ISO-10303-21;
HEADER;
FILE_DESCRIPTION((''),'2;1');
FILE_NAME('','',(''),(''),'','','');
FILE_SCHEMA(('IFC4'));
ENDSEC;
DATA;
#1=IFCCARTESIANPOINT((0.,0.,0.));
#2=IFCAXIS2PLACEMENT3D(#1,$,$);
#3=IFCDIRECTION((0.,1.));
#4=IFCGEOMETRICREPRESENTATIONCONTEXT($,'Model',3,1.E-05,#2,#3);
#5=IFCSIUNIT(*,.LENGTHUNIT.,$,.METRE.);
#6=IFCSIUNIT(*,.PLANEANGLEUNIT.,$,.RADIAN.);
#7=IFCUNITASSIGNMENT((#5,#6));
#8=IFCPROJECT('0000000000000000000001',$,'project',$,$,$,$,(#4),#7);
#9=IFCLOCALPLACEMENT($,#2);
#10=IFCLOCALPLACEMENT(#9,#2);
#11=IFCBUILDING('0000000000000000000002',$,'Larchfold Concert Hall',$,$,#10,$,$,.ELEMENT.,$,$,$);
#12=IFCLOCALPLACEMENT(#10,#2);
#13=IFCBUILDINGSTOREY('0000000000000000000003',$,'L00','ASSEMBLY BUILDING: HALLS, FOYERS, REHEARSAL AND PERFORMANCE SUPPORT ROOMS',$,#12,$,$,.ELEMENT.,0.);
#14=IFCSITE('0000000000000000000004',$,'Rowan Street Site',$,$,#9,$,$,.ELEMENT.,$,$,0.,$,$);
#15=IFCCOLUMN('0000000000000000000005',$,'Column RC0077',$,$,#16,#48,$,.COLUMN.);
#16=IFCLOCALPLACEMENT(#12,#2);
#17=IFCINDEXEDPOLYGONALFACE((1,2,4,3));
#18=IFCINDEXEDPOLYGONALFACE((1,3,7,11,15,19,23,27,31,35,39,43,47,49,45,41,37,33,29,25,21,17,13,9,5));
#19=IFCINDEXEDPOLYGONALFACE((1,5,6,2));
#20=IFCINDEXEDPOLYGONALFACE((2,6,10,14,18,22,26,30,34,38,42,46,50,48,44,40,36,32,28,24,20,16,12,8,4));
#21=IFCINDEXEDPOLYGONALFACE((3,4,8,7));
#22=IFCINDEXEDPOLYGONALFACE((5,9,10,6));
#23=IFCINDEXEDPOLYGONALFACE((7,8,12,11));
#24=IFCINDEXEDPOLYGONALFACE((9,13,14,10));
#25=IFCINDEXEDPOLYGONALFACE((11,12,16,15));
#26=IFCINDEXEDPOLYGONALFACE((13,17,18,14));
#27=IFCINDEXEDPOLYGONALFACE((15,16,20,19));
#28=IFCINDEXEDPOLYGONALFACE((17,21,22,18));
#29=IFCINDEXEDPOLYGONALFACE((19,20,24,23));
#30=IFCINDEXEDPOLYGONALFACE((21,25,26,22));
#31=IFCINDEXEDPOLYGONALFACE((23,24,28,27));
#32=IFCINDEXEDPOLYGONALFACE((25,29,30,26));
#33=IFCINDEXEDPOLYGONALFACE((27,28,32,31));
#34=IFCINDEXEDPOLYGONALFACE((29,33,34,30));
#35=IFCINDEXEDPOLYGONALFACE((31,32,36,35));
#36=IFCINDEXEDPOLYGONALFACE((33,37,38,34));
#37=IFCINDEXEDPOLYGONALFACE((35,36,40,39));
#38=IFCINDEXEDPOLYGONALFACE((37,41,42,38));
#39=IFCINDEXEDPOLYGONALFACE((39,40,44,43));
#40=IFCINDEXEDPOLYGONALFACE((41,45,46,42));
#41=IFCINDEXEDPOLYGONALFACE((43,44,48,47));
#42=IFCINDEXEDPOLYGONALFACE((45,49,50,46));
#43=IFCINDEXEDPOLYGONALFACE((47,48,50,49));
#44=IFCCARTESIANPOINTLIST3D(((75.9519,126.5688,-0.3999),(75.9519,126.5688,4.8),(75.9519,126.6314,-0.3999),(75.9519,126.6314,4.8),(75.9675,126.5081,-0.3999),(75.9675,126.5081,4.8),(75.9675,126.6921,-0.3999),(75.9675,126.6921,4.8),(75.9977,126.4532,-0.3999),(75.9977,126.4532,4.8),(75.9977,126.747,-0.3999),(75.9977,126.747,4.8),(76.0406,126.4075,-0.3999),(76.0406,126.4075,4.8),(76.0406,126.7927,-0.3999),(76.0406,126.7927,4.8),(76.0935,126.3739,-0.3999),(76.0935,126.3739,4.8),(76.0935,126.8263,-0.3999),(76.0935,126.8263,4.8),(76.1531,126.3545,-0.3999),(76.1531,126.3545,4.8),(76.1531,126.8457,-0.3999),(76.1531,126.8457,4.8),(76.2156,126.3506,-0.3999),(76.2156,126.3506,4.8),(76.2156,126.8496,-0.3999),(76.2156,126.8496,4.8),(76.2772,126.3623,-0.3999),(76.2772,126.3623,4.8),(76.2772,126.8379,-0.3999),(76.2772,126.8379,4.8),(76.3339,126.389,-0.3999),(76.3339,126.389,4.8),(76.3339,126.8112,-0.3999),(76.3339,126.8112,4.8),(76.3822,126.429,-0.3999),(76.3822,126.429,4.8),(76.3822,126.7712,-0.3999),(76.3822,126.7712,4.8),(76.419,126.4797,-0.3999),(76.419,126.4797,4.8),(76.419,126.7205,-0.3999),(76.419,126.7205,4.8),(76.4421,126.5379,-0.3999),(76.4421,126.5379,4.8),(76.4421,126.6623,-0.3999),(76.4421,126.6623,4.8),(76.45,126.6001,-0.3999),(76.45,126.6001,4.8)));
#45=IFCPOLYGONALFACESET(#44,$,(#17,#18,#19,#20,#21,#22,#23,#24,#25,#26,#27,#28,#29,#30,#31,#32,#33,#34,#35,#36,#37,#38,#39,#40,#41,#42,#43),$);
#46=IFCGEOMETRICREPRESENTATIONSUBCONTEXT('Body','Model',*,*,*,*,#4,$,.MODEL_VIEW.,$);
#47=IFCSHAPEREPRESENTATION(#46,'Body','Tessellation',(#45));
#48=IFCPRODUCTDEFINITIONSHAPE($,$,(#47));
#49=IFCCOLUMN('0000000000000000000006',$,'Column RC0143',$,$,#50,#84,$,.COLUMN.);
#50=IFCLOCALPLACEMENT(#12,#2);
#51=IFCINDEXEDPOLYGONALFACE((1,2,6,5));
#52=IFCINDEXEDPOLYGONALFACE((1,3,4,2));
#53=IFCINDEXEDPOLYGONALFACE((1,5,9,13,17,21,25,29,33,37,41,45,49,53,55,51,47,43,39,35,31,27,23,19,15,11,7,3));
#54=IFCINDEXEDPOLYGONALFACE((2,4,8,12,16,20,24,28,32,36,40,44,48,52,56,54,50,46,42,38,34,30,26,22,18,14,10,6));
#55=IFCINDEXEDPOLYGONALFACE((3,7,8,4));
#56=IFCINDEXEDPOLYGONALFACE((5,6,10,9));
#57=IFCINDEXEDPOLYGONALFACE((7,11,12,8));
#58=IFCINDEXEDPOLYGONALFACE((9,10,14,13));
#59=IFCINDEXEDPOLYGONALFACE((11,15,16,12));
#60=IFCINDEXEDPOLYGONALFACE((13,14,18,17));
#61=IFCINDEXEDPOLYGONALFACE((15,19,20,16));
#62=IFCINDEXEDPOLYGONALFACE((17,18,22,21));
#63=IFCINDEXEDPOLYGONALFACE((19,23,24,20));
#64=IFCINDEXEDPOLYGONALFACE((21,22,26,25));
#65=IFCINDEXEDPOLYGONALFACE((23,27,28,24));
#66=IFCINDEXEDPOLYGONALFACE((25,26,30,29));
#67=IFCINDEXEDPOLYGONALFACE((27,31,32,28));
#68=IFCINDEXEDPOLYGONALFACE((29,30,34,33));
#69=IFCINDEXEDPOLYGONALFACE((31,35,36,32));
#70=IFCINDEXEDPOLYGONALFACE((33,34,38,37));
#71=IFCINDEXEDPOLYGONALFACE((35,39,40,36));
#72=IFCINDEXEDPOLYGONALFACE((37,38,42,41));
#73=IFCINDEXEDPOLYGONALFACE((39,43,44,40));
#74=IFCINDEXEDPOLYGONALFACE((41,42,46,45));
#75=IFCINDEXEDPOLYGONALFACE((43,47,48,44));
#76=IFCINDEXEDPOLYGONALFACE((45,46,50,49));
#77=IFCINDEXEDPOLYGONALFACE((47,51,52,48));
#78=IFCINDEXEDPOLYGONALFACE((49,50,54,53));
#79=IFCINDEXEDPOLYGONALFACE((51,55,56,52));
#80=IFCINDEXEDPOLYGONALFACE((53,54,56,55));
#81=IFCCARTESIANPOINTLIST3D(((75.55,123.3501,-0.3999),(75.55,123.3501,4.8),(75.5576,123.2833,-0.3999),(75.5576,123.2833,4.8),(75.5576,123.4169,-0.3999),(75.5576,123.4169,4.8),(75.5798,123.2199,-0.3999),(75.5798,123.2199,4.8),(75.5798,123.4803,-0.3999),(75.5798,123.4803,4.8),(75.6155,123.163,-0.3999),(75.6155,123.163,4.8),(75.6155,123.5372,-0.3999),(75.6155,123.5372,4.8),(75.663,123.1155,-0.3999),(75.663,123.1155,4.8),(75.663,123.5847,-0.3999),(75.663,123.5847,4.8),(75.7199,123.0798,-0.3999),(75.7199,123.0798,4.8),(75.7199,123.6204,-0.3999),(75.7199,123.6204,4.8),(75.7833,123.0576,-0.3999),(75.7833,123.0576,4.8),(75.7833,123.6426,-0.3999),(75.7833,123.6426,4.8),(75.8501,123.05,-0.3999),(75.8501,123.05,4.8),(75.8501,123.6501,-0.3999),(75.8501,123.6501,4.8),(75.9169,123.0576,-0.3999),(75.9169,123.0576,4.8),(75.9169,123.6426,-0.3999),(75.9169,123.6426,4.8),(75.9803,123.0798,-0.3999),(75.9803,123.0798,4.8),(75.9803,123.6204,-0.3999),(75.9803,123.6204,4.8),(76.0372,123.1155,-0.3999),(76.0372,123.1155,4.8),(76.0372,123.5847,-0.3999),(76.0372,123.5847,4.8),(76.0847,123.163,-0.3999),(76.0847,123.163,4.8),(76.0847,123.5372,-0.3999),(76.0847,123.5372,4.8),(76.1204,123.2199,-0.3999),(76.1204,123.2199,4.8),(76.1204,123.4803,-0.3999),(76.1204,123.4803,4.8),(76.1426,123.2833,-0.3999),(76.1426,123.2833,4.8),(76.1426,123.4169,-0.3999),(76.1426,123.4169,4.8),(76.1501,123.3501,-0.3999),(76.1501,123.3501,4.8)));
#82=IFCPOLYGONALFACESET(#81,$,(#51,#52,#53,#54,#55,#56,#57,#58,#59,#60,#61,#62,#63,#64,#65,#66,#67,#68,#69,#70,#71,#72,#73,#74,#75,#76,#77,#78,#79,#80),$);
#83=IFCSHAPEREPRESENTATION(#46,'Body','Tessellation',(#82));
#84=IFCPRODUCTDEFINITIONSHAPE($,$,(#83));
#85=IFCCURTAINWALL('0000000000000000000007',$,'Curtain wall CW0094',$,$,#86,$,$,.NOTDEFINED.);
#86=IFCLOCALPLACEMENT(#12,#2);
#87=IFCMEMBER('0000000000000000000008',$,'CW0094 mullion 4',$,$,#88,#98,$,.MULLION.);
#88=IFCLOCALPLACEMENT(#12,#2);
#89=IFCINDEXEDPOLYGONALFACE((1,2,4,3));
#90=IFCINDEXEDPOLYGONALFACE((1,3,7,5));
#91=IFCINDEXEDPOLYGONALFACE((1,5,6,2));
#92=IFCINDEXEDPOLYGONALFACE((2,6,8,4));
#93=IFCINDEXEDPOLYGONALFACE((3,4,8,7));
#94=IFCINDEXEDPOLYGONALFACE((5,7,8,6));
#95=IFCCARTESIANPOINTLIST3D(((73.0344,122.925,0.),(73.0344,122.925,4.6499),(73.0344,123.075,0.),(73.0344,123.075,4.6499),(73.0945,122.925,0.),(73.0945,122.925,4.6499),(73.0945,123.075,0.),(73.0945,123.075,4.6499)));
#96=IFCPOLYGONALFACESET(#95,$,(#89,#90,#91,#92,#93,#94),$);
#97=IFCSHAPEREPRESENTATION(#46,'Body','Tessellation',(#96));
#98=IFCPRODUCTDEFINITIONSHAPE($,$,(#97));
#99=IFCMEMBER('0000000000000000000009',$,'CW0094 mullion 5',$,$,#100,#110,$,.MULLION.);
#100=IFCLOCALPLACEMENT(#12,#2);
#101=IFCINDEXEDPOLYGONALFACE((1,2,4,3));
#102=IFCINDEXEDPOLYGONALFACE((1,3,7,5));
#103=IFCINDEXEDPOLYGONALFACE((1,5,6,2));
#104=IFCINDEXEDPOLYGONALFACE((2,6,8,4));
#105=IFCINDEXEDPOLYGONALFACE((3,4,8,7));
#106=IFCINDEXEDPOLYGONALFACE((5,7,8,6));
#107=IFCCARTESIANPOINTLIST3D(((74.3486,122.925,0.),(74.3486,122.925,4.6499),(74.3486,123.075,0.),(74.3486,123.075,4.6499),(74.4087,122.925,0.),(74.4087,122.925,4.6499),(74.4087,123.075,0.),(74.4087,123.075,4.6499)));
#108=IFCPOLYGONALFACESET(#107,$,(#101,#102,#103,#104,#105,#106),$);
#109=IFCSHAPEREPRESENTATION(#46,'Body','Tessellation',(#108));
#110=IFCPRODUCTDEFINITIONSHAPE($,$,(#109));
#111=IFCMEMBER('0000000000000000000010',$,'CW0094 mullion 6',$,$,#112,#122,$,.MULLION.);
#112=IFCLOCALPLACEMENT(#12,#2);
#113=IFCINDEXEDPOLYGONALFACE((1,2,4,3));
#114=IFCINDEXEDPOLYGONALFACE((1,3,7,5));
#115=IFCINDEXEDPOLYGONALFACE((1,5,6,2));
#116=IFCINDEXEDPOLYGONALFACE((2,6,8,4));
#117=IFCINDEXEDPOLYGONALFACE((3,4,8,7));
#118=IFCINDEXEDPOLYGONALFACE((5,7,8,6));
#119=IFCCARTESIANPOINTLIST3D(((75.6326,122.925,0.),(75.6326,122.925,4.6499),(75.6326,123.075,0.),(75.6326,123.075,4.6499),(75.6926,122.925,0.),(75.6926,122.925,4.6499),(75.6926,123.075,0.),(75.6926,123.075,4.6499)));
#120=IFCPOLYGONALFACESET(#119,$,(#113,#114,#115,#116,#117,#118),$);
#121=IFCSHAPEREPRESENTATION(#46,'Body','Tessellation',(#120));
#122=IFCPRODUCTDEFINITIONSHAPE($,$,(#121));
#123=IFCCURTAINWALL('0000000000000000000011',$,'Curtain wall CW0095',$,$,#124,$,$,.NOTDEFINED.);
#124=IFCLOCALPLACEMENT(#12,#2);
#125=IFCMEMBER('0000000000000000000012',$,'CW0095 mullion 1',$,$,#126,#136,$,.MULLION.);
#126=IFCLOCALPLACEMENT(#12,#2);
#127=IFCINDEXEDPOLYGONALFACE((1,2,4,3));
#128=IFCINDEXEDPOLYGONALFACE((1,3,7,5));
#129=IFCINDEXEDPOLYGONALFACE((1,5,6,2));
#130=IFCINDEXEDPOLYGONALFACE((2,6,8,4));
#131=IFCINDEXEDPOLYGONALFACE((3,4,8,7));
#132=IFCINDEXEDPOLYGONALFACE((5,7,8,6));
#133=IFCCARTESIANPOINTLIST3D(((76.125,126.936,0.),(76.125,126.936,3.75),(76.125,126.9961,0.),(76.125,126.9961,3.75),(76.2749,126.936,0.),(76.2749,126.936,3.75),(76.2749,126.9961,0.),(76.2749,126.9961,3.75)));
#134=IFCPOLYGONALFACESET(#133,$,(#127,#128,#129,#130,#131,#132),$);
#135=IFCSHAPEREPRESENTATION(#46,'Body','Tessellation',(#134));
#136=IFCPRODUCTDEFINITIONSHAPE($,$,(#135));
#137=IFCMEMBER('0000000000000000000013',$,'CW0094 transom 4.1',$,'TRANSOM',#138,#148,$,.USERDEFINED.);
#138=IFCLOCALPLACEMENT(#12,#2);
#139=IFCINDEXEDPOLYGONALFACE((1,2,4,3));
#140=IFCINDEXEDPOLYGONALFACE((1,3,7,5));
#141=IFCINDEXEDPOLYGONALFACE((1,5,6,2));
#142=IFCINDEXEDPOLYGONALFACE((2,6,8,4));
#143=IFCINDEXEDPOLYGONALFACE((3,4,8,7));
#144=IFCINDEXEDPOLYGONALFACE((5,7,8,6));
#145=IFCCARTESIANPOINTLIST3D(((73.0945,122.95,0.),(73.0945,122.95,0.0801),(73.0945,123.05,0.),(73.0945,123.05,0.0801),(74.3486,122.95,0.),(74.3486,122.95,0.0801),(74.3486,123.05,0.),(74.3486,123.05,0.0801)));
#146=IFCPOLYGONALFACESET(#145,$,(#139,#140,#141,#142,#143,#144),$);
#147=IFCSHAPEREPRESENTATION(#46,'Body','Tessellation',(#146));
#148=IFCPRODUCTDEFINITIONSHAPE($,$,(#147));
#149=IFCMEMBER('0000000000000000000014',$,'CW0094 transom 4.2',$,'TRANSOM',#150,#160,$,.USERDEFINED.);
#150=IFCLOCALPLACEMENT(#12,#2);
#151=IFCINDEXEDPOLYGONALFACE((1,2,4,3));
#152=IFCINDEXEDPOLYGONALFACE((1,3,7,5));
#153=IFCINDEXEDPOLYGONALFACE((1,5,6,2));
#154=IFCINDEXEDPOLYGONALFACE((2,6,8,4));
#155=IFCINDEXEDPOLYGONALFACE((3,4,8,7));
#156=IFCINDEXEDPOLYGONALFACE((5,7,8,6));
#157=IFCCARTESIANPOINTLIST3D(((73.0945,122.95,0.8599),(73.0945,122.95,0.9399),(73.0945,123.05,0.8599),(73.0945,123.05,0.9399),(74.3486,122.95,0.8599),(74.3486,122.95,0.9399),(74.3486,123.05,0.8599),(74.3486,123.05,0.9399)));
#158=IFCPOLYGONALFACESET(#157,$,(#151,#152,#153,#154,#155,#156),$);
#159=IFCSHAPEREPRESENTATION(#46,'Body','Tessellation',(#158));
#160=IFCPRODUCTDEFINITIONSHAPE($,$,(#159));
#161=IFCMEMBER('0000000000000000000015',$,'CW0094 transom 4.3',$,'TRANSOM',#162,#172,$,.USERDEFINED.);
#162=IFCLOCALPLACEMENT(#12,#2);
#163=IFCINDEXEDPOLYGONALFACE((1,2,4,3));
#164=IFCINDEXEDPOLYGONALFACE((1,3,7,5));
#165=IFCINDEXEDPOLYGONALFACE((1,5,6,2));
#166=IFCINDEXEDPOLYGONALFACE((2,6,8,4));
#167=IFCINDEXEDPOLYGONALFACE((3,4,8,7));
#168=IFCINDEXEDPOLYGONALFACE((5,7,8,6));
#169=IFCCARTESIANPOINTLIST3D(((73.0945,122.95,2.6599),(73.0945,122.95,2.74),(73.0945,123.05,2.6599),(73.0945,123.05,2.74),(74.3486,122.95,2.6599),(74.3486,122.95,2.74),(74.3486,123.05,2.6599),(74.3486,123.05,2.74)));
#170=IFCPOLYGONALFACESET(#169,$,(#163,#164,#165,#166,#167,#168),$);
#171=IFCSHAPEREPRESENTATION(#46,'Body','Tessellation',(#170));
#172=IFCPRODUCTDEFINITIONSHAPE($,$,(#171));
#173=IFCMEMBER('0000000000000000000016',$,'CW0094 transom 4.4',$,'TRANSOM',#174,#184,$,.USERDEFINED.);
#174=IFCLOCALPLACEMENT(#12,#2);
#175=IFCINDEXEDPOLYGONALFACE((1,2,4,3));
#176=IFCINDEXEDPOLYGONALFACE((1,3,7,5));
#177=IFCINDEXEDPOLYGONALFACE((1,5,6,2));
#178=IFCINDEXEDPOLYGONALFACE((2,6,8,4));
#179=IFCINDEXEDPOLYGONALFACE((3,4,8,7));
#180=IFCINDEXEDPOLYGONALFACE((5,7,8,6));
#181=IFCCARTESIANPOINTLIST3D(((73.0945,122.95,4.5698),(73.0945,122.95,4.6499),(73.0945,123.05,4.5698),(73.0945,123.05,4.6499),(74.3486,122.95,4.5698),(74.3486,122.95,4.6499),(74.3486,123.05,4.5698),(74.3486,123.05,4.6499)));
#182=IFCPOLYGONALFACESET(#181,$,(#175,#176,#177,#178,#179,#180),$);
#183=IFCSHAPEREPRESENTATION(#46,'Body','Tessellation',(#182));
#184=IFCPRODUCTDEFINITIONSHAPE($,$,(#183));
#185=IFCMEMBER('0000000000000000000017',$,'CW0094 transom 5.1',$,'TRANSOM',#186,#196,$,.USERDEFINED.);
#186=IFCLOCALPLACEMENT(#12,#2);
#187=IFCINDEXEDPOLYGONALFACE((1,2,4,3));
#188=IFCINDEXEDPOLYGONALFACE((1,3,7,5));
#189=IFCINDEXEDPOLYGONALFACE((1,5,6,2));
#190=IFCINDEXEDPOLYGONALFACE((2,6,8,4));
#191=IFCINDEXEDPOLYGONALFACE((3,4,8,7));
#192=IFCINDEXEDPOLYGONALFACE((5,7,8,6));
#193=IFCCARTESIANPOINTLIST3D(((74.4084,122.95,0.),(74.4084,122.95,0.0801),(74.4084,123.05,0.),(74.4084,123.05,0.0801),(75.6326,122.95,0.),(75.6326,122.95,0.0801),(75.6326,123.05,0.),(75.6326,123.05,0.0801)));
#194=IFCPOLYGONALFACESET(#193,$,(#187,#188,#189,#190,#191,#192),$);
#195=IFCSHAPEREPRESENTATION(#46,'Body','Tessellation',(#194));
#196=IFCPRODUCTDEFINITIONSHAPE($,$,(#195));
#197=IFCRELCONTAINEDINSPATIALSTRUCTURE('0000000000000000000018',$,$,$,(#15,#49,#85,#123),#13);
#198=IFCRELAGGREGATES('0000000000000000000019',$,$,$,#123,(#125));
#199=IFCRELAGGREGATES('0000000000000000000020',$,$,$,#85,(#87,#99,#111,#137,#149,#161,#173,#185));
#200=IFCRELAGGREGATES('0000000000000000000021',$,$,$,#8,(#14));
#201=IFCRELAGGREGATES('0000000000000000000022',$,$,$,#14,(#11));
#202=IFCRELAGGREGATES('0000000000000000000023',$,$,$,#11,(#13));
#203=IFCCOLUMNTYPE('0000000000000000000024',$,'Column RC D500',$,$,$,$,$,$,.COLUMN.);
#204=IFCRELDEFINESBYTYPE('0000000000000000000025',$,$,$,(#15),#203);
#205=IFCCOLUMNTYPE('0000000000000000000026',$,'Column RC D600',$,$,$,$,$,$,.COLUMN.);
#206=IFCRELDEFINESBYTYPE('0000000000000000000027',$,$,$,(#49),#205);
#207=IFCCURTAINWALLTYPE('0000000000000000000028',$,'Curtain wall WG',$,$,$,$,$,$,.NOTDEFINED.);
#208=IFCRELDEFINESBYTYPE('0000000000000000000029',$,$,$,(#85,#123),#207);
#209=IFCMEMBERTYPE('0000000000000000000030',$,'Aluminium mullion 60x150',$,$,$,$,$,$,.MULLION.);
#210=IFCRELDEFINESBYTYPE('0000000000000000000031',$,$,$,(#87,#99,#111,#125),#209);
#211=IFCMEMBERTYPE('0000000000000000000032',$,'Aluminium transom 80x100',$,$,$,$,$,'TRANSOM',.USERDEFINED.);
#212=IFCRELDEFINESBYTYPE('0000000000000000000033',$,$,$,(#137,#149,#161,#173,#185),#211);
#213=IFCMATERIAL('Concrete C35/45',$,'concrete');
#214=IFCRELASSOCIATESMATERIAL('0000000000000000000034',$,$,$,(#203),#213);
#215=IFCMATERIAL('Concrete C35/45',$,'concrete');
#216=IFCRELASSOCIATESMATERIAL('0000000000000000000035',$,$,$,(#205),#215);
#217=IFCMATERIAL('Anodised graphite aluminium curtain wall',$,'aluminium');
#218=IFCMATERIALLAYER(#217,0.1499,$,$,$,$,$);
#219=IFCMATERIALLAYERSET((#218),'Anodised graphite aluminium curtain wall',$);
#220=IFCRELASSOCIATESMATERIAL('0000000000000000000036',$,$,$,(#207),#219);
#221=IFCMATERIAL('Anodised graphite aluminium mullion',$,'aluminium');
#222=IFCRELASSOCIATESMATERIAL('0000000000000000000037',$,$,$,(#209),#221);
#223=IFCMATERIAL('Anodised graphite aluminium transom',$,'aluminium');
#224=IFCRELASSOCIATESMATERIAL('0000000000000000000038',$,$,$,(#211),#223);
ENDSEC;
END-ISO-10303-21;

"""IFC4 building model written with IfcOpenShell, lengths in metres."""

from ifc_helpers import new_model, si_unit, direction, frame, origin, origin_2d, place, context, subcontext, project, spatial, rectangle, circle, extrude, material, layer, layer_set, material_profile, profile_set, type_object, element, aggregate, save


model = new_model("IFC4")

# Units and contexts
model_context = context("Model", 3, precision=1e-05, world=origin(), true_north=direction((0.0, 1.0)))
body_context = subcontext(model_context, "Body", "Model", "MODEL_VIEW")
ifc_project = project(units=[si_unit("LENGTHUNIT", "METRE"), si_unit("PLANEANGLEUNIT", "RADIAN")], contexts=[model_context])

# Site, building, storey
site_placement = place(None, origin())
site = spatial("IfcSite", under=ifc_project, at=site_placement, Name="Rowan Street Site", CompositionType="ELEMENT", RefElevation=0.0)
building_placement = place(site_placement, origin())
building = spatial("IfcBuilding", under=site, at=building_placement, Name="Larchfold Concert Hall", CompositionType="ELEMENT")
storey_placement = place(building_placement, origin())
storey = spatial("IfcBuildingStorey", under=building, at=storey_placement, Name="L00", Description="ASSEMBLY BUILDING: HALLS, FOYERS, REHEARSAL AND PERFORMANCE SUPPORT ROOMS", CompositionType="ELEMENT", Elevation=0.0)

# Columns
ifc_material_1 = material(Name="Concrete C35/45", Category="concrete")
ifc_material_profile_1 = material_profile(ifc_material_1, circle(Radius=0.25, at=origin_2d()))
ifc_profile_set_1 = profile_set([ifc_material_profile_1], Name="Concrete C35/45")
column_type_1 = type_object("IfcColumnType", Name="Column RC D500", PredefinedType="COLUMN", material=ifc_profile_set_1)
for number, where, z_axis, x_axis, name in (
    (1, (76.2, 126.6001, -0.3999), (0.0, 0.0, 1.0), (1.0, 0.0, 0.0), "Column RC0077"),
):
    element("IfcColumn", number, at=place(storey_placement, frame(where, z_axis=z_axis, x_axis=x_axis)), inside=storey, type_object=column_type_1, Name=name, PredefinedType="COLUMN", context=body_context, shape_type="SweptSolid", body=[
        extrude(circle(Radius=0.25, at=origin_2d()), origin(), (0.0, 0.0, 1.0), 5.2),
    ])
ifc_material_2 = material(Name="Concrete C35/45", Category="concrete")
ifc_material_profile_2 = material_profile(ifc_material_2, circle(Radius=0.3, at=origin_2d()))
ifc_profile_set_2 = profile_set([ifc_material_profile_2], Name="Concrete C35/45")
column_type_2 = type_object("IfcColumnType", Name="Column RC D600", PredefinedType="COLUMN", material=ifc_profile_set_2)
column_placement = place(storey_placement, frame((75.8501, 123.3501, -0.3999), z_axis=(0.0, 0.0, 1.0), x_axis=(1.0, 0.0, 0.0)))
element("IfcColumn", 2, at=column_placement, inside=storey, type_object=column_type_2, Name="Column RC0143", PredefinedType="COLUMN", context=body_context, shape_type="SweptSolid", body=[
    extrude(circle(Radius=0.3, at=origin_2d()), origin(), (0.0, 0.0, 1.0), 5.2),
])

# Curtain wall, members
ifc_material_3 = material(Name="Anodised graphite aluminium curtain wall", Category="aluminium")
ifc_layer_1 = layer(ifc_material_3, 0.1499)
ifc_layer_set_1 = layer_set([ifc_layer_1], Name="Anodised graphite aluminium curtain wall")
curtain_wall_type = type_object("IfcCurtainWallType", Name="Curtain wall WG", PredefinedType="NOTDEFINED", material=ifc_layer_set_1)
curtain_wall_1_placement = place(storey_placement, origin())
curtain_wall_1 = element("IfcCurtainWall", 3, at=curtain_wall_1_placement, inside=storey, type_object=curtain_wall_type, Name="Curtain wall CW0094", PredefinedType="NOTDEFINED")
ifc_material_4 = material(Name="Anodised graphite aluminium mullion", Category="aluminium")
ifc_material_profile_3 = material_profile(ifc_material_4, rectangle(XDim=0.1499, YDim=0.0601, at=origin_2d()))
ifc_profile_set_3 = profile_set([ifc_material_profile_3], Name="Anodised graphite aluminium mullion")
member_type_1 = type_object("IfcMemberType", Name="Aluminium mullion 60x150", PredefinedType="MULLION", material=ifc_profile_set_3)
member_1_placement = place(storey_placement, frame((73.0645, 123.0, 0.0), z_axis=(0.0, 0.0, 1.0), x_axis=(0.0, 1.0, 0.0)))
member_1 = element("IfcMember", 4, at=member_1_placement, type_object=member_type_1, Name="CW0094 mullion 4", PredefinedType="MULLION", context=body_context, shape_type="SweptSolid", body=[
    extrude(rectangle(XDim=0.1499, YDim=0.0601, at=origin_2d()), origin(), (0.0, 0.0, 1.0), 4.6499),
])
member_2_placement = place(storey_placement, frame((74.3787, 123.0, 0.0), z_axis=(0.0, 0.0, 1.0), x_axis=(0.0, 1.0, 0.0)))
member_2 = element("IfcMember", 5, at=member_2_placement, type_object=member_type_1, Name="CW0094 mullion 5", PredefinedType="MULLION", context=body_context, shape_type="SweptSolid", body=[
    extrude(rectangle(XDim=0.1499, YDim=0.0601, at=origin_2d()), origin(), (0.0, 0.0, 1.0), 4.6499),
])
member_3_placement = place(storey_placement, frame((75.6626, 123.0, 0.0), z_axis=(0.0, 0.0, 1.0), x_axis=(0.0, 1.0, 0.0)))
member_3 = element("IfcMember", 6, at=member_3_placement, type_object=member_type_1, Name="CW0094 mullion 6", PredefinedType="MULLION", context=body_context, shape_type="SweptSolid", body=[
    extrude(rectangle(XDim=0.1499, YDim=0.0601, at=origin_2d()), origin(), (0.0, 0.0, 1.0), 4.6499),
])

# Curtain wall, member
curtain_wall_2_placement = place(storey_placement, origin())
curtain_wall_2 = element("IfcCurtainWall", 7, at=curtain_wall_2_placement, inside=storey, type_object=curtain_wall_type, Name="Curtain wall CW0095", PredefinedType="NOTDEFINED")
member_4_placement = place(storey_placement, frame((76.2, 126.9661, 0.0), z_axis=(0.0, 0.0, 1.0), x_axis=(-1.0, 0.0, 0.0)))
member_4 = element("IfcMember", 8, at=member_4_placement, type_object=member_type_1, Name="CW0095 mullion 1", PredefinedType="MULLION", context=body_context, shape_type="SweptSolid", body=[
    extrude(rectangle(XDim=0.1499, YDim=0.0601, at=origin_2d()), origin(), (0.0, 0.0, 1.0), 3.75),
])

# Members
ifc_material_5 = material(Name="Anodised graphite aluminium transom", Category="aluminium")
ifc_material_profile_4 = material_profile(ifc_material_5, rectangle(XDim=0.1001, YDim=0.0801, at=origin_2d()))
ifc_profile_set_4 = profile_set([ifc_material_profile_4], Name="Anodised graphite aluminium transom")
member_type_2 = type_object("IfcMemberType", Name="Aluminium transom 80x100", ElementType="TRANSOM", PredefinedType="USERDEFINED", material=ifc_profile_set_4)
member_5_placement = place(storey_placement, frame((73.0945, 123.0, 0.04), z_axis=(1.0, 0.0, 0.0), x_axis=(0.0, 1.0, 0.0)))
member_5 = element("IfcMember", 9, at=member_5_placement, type_object=member_type_2, Name="CW0094 transom 4.1", ObjectType="TRANSOM", PredefinedType="USERDEFINED", context=body_context, shape_type="SweptSolid", body=[
    extrude(rectangle(XDim=0.1001, YDim=0.0801, at=origin_2d()), origin(), (0.0, 0.0, 1.0), 1.2542),
])
member_6_placement = place(storey_placement, frame((73.0945, 123.0, 0.8999), z_axis=(1.0, 0.0, 0.0), x_axis=(0.0, 1.0, 0.0)))
member_6 = element("IfcMember", 10, at=member_6_placement, type_object=member_type_2, Name="CW0094 transom 4.2", ObjectType="TRANSOM", PredefinedType="USERDEFINED", context=body_context, shape_type="SweptSolid", body=[
    extrude(rectangle(XDim=0.1001, YDim=0.0801, at=origin_2d()), origin(), (0.0, 0.0, 1.0), 1.2542),
])
member_7_placement = place(storey_placement, frame((73.0945, 123.0, 2.7), z_axis=(1.0, 0.0, 0.0), x_axis=(0.0, 1.0, 0.0)))
member_7 = element("IfcMember", 11, at=member_7_placement, type_object=member_type_2, Name="CW0094 transom 4.3", ObjectType="TRANSOM", PredefinedType="USERDEFINED", context=body_context, shape_type="SweptSolid", body=[
    extrude(rectangle(XDim=0.1001, YDim=0.0801, at=origin_2d()), origin(), (0.0, 0.0, 1.0), 1.2542),
])
member_8_placement = place(storey_placement, frame((73.0945, 123.0, 4.6099), z_axis=(1.0, 0.0, 0.0), x_axis=(0.0, 1.0, 0.0)))
member_8 = element("IfcMember", 12, at=member_8_placement, type_object=member_type_2, Name="CW0094 transom 4.4", ObjectType="TRANSOM", PredefinedType="USERDEFINED", context=body_context, shape_type="SweptSolid", body=[
    extrude(rectangle(XDim=0.1001, YDim=0.0801, at=origin_2d()), origin(), (0.0, 0.0, 1.0), 1.2542),
])
member_9_placement = place(storey_placement, frame((74.4084, 123.0, 0.04), z_axis=(1.0, 0.0, 0.0), x_axis=(0.0, 1.0, 0.0)))
member_9 = element("IfcMember", 13, at=member_9_placement, type_object=member_type_2, Name="CW0094 transom 5.1", ObjectType="TRANSOM", PredefinedType="USERDEFINED", context=body_context, shape_type="SweptSolid", body=[
    extrude(rectangle(XDim=0.1001, YDim=0.0801, at=origin_2d()), origin(), (0.0, 0.0, 1.0), 1.2241),
])
aggregate(curtain_wall_2, [member_4])

aggregate(curtain_wall_1, [member_1, member_2, member_3, member_5, member_6, member_7, member_8, member_9])

save(model, "model.ifc")
